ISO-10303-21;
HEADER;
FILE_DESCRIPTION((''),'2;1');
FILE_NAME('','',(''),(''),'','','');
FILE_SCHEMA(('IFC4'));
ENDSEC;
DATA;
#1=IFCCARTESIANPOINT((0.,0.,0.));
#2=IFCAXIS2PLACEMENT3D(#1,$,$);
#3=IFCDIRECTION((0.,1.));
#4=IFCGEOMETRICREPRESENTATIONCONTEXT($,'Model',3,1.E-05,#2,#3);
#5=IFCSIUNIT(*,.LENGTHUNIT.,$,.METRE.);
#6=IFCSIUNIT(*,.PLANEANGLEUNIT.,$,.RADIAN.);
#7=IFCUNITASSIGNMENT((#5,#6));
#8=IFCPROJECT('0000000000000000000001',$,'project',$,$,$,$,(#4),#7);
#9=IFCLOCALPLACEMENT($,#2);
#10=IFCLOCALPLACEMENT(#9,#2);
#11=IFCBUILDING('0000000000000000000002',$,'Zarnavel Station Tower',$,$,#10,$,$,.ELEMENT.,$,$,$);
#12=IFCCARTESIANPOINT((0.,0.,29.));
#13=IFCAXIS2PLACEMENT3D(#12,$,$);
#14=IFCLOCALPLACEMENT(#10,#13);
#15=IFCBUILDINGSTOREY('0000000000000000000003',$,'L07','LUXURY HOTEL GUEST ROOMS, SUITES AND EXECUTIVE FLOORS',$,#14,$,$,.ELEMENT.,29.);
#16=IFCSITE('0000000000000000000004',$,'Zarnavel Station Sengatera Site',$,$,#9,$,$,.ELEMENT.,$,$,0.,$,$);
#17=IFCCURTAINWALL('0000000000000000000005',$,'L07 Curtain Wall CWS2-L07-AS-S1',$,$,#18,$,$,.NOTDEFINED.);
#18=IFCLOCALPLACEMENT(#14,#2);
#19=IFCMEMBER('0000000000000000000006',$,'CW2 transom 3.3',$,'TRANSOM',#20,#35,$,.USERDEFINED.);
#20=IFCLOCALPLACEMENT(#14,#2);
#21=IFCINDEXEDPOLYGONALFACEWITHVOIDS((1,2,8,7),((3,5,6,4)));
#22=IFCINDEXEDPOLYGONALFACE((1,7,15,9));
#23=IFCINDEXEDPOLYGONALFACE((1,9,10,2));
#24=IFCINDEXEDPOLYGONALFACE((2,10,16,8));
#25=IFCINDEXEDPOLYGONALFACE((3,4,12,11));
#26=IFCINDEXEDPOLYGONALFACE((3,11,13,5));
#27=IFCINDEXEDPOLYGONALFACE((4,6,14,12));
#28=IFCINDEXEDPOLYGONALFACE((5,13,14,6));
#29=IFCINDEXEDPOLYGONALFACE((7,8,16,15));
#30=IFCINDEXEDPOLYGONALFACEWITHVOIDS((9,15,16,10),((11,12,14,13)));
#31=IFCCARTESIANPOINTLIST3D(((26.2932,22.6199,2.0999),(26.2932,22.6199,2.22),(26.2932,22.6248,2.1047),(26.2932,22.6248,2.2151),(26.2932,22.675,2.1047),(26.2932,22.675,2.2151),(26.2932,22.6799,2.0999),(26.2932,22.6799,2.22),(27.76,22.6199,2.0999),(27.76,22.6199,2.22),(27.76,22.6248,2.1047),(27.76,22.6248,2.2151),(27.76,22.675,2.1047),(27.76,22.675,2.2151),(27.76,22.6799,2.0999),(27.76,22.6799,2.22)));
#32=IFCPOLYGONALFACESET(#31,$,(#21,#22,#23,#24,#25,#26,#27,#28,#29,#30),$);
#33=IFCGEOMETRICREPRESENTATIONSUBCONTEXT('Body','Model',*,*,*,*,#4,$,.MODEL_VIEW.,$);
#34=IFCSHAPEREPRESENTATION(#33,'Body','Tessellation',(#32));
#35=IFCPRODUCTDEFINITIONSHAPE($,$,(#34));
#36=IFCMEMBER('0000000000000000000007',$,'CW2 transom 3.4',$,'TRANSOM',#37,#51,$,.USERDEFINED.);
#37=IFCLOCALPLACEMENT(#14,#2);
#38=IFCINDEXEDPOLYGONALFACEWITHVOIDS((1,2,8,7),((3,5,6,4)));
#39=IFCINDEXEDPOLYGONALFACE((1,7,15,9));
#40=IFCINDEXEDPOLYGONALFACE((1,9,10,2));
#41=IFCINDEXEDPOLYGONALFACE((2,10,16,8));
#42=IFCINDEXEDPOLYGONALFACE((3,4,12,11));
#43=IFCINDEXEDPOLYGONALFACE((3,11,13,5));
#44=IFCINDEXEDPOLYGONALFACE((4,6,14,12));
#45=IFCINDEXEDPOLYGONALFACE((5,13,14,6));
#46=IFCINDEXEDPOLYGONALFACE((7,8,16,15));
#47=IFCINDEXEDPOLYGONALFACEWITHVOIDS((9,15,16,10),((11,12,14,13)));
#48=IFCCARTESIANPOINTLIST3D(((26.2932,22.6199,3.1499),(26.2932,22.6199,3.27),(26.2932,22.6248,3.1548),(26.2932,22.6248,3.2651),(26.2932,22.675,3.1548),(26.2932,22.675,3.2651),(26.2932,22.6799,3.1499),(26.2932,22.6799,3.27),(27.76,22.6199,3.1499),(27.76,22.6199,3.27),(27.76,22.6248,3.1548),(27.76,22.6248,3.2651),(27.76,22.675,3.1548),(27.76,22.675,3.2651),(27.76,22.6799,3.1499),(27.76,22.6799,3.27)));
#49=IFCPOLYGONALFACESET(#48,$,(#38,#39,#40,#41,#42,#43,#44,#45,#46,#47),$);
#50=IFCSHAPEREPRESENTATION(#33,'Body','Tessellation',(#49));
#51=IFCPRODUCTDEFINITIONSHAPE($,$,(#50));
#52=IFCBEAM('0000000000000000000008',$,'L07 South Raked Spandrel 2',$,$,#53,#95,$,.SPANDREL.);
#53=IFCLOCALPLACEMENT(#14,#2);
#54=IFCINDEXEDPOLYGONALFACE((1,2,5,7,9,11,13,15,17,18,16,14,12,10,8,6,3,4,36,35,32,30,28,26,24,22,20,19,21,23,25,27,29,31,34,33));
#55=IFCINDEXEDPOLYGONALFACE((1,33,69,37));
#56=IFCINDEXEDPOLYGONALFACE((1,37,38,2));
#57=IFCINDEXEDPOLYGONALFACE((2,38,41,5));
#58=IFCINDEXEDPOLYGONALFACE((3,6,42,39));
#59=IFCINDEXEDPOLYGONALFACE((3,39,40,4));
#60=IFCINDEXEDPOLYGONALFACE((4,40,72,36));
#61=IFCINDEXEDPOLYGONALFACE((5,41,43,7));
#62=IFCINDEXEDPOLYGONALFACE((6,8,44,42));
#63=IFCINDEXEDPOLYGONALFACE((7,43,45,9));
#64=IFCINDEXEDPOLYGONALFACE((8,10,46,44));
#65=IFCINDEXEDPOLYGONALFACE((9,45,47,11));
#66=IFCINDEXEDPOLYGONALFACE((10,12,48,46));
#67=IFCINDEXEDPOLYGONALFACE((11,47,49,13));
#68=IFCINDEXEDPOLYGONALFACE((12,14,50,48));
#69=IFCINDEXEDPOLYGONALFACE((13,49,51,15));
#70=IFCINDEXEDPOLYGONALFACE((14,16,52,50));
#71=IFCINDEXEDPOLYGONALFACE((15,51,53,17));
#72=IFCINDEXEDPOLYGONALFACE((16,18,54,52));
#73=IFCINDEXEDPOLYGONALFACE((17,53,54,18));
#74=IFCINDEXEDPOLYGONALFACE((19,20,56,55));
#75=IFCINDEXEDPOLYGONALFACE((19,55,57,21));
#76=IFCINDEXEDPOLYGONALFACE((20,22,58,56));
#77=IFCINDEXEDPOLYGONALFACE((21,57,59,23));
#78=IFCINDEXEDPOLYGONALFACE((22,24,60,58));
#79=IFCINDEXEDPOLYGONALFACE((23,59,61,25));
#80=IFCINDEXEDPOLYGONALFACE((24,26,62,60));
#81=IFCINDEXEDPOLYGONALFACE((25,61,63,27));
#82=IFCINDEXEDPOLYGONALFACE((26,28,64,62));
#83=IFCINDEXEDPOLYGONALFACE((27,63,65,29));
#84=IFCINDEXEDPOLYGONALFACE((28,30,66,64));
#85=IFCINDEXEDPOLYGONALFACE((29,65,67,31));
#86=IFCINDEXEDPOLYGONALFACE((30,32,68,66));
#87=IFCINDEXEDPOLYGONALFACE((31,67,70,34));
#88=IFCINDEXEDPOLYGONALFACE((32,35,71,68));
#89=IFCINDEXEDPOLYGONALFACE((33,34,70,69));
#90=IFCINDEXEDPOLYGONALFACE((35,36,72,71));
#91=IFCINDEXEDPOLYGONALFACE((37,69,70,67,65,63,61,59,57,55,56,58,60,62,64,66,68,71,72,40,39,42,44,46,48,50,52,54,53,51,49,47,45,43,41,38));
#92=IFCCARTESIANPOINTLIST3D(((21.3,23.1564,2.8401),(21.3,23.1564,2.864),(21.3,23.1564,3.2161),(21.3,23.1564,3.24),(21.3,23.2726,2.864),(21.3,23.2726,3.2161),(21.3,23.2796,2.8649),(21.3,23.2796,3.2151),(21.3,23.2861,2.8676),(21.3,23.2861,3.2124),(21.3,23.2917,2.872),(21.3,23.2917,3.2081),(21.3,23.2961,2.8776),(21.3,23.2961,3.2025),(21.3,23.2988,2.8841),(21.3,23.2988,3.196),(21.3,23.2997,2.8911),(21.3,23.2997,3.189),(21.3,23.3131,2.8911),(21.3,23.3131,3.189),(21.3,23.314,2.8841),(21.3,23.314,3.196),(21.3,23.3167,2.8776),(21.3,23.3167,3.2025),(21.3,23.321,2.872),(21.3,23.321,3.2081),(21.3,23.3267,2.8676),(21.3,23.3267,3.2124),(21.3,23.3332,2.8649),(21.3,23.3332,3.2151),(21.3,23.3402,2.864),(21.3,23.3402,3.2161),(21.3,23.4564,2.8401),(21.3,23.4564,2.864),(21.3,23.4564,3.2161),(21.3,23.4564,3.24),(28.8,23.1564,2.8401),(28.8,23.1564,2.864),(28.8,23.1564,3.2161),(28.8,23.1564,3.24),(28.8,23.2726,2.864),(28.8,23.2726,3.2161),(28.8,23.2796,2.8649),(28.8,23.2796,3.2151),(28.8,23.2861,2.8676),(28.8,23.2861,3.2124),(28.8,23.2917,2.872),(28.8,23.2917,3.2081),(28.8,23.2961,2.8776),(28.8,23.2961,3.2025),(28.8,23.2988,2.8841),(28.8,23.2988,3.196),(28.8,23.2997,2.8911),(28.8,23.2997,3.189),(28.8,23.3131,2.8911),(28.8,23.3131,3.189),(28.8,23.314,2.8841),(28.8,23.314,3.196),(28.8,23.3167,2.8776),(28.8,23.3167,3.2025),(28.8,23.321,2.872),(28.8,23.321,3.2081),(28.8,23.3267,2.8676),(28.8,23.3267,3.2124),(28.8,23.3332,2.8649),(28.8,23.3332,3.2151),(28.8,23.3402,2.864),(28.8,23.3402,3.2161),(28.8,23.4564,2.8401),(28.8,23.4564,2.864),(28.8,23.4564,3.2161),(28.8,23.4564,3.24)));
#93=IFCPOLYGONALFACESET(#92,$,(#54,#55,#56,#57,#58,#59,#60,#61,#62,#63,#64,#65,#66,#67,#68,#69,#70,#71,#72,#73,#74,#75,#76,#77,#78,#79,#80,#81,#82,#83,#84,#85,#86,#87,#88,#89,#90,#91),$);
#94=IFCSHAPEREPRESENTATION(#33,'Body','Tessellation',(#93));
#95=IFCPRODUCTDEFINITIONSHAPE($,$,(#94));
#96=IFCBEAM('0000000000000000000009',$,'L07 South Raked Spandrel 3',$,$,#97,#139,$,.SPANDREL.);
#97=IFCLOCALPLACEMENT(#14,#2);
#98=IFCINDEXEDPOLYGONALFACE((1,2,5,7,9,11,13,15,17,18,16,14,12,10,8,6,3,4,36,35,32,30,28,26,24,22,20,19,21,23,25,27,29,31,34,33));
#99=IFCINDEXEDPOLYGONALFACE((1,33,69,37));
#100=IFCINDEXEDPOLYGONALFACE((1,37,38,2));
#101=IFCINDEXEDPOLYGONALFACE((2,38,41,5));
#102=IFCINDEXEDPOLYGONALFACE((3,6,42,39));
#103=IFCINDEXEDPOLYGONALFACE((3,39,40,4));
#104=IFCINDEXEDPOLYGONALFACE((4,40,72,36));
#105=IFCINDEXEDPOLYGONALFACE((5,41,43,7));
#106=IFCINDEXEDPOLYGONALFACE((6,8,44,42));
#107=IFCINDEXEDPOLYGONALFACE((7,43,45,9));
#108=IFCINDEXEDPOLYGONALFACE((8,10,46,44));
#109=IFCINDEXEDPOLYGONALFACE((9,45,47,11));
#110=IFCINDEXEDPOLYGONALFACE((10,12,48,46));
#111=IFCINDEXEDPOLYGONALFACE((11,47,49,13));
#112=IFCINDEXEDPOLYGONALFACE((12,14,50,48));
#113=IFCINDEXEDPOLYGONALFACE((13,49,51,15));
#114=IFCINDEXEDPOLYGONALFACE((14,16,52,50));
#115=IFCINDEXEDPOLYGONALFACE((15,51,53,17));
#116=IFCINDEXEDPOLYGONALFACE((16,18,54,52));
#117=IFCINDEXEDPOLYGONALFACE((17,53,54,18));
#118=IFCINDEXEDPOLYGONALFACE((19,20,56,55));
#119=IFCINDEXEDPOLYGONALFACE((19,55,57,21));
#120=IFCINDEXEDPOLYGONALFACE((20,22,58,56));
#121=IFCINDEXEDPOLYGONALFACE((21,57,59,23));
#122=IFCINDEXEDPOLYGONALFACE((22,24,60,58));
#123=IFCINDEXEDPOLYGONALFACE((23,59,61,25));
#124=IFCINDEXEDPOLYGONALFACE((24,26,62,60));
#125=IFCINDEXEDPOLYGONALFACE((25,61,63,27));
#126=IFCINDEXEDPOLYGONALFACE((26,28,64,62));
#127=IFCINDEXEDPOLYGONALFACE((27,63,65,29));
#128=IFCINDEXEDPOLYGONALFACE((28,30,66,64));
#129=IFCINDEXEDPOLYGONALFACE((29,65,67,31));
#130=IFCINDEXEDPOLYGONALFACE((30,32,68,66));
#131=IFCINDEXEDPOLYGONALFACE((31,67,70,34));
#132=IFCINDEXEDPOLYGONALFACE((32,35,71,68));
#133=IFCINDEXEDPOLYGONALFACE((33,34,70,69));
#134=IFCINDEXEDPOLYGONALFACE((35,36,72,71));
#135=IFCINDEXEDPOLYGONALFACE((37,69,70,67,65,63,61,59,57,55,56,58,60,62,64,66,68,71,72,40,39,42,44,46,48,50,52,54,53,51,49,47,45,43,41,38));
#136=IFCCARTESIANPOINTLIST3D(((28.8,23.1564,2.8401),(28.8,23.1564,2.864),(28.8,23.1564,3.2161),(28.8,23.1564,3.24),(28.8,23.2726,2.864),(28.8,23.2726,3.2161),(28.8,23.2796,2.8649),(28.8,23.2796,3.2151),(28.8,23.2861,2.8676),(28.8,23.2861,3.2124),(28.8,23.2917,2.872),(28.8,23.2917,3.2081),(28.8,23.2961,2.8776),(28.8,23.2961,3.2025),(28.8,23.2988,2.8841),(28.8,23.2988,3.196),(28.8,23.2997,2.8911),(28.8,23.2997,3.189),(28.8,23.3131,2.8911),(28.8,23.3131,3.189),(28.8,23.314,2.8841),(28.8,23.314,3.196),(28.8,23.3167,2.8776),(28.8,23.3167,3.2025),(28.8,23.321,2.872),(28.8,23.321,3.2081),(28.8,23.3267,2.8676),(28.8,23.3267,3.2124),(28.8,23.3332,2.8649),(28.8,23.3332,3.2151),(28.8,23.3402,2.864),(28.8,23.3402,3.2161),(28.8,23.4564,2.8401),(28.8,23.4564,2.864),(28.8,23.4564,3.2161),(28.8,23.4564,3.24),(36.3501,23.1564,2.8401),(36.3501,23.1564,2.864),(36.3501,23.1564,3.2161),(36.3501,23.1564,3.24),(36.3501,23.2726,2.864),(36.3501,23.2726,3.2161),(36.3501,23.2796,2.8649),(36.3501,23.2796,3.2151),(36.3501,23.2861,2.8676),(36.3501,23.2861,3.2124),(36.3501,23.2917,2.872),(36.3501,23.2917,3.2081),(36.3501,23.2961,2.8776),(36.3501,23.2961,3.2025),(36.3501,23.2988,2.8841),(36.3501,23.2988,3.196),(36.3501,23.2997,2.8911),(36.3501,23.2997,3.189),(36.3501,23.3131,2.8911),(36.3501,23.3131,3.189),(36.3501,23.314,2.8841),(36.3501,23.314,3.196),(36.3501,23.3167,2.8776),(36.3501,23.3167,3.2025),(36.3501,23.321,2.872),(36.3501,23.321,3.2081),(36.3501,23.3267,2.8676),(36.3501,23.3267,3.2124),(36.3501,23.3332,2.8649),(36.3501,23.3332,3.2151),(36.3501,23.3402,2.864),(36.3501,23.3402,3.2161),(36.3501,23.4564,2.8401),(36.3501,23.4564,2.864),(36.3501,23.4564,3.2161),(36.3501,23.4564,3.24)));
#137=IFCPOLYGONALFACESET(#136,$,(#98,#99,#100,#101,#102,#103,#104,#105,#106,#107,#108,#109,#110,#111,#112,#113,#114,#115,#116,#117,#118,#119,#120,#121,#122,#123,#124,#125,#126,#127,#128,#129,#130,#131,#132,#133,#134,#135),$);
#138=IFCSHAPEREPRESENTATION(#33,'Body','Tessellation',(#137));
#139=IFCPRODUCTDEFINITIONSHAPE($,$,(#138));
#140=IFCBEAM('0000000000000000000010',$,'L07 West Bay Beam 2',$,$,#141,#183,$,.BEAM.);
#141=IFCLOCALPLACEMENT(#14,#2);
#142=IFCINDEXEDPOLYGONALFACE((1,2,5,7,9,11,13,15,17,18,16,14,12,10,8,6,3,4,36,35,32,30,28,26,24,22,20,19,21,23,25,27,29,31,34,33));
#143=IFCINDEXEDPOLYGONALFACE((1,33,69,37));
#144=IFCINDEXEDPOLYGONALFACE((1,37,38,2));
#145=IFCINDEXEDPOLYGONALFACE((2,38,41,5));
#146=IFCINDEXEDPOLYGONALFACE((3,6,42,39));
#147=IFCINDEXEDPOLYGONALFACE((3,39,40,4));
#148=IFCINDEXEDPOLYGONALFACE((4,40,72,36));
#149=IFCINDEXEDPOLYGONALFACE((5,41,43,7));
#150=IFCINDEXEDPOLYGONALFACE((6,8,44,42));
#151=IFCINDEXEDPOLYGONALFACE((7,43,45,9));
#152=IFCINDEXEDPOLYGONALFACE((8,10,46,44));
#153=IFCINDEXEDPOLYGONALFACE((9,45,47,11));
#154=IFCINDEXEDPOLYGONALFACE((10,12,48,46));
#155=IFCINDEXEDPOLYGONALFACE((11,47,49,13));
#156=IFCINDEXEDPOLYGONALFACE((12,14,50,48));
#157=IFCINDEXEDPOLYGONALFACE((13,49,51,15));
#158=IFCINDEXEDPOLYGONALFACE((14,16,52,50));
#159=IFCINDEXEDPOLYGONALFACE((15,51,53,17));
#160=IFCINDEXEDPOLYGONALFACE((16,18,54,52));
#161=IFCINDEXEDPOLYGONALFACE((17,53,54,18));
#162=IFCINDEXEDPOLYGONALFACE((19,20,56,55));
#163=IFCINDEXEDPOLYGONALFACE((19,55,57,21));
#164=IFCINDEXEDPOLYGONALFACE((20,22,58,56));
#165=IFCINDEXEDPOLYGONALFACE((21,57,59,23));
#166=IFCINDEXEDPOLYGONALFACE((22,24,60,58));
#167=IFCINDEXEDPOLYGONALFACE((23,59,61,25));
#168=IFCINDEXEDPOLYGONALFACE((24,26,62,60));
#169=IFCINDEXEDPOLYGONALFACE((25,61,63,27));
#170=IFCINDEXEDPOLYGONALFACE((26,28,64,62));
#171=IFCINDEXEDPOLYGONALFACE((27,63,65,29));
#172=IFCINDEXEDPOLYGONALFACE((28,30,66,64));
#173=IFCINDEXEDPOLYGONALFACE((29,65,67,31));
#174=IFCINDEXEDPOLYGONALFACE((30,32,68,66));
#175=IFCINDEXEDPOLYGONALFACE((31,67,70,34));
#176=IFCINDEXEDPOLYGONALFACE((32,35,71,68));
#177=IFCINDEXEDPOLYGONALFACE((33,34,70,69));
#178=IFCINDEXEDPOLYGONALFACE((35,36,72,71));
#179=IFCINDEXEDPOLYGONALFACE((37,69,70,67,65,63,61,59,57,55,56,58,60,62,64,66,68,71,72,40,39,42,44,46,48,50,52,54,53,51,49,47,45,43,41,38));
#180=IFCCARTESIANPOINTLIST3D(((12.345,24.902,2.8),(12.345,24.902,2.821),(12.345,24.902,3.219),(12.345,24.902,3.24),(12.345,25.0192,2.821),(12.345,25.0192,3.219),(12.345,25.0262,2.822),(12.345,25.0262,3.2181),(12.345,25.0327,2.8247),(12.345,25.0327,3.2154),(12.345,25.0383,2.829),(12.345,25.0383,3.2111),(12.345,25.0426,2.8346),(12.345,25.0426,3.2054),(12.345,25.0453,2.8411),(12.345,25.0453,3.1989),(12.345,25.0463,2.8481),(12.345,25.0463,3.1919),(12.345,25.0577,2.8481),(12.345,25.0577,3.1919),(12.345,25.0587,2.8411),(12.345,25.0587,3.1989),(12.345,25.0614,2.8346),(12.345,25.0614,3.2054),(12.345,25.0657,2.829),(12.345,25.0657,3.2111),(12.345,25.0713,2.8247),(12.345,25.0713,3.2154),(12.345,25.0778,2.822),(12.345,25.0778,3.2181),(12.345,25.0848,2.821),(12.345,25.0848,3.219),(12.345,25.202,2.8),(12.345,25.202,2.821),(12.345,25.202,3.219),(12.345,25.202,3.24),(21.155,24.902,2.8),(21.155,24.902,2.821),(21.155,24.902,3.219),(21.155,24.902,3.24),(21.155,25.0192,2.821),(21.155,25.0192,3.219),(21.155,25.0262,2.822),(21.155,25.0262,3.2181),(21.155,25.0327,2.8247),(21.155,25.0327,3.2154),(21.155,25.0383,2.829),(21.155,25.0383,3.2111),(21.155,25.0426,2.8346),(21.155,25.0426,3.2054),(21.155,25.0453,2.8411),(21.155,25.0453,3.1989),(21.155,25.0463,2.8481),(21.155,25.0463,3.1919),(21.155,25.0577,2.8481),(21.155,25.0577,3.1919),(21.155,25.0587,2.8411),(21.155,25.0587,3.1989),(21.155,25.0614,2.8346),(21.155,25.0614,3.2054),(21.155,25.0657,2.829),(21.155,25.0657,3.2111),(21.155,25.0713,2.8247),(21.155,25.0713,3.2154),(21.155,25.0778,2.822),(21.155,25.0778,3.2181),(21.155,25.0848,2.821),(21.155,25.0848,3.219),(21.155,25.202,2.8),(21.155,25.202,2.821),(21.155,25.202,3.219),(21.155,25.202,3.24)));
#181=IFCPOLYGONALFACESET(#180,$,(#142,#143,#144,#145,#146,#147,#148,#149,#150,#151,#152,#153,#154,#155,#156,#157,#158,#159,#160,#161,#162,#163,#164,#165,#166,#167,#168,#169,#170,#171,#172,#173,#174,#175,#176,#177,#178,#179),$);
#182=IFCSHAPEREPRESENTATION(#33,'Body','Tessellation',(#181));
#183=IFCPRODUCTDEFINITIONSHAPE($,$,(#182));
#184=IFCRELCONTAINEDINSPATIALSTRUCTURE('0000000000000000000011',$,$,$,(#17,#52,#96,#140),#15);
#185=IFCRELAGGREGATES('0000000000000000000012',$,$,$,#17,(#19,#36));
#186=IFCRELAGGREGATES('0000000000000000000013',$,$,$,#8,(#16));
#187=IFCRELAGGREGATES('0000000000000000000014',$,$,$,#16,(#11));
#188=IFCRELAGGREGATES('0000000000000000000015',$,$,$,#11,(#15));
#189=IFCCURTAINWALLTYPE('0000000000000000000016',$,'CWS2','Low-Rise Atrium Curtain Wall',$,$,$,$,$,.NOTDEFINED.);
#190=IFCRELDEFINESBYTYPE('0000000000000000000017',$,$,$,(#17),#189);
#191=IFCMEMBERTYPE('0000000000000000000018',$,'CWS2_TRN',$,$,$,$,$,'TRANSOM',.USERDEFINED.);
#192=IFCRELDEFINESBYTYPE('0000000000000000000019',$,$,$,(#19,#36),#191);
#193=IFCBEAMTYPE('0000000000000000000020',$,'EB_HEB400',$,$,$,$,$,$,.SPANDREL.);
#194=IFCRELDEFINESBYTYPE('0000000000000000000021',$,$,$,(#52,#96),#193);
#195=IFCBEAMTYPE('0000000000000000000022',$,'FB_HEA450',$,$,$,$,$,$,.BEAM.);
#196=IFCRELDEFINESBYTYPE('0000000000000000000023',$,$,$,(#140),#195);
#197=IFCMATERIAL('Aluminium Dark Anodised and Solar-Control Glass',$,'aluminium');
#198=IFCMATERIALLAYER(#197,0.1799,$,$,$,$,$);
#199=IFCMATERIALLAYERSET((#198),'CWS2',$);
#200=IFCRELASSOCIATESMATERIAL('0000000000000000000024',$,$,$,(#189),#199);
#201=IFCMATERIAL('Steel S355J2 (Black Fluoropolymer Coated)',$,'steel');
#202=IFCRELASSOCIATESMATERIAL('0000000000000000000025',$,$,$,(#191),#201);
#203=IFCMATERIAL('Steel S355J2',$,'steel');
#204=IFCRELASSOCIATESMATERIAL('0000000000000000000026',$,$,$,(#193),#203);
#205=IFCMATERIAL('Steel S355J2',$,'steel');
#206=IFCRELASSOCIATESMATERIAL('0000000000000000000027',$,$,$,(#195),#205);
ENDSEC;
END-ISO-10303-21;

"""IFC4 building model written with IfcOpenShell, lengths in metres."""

from ifc_helpers import new_model, si_unit, direction, frame, origin, origin_2d, place, context, subcontext, project, spatial, hollow_rectangle, i_section, extrude, material, layer, layer_set, material_profile, profile_set, type_object, element, aggregate, save


model = new_model("IFC4")

# Units and contexts
model_context = context("Model", 3, precision=1e-05, world=origin(), true_north=direction((0.0, 1.0)))
body_context = subcontext(model_context, "Body", "Model", "MODEL_VIEW")
ifc_project = project(units=[si_unit("LENGTHUNIT", "METRE"), si_unit("PLANEANGLEUNIT", "RADIAN")], contexts=[model_context])

# Site, building, storey
site_placement = place(None, origin())
site = spatial("IfcSite", under=ifc_project, at=site_placement, Name="Zarnavel Station Sengatera Site", CompositionType="ELEMENT", RefElevation=0.0)
building_placement = place(site_placement, origin())
building = spatial("IfcBuilding", under=site, at=building_placement, Name="Zarnavel Station Tower", CompositionType="ELEMENT")
storey_placement = place(building_placement, frame((0.0, 0.0, 29.0)))
storey = spatial("IfcBuildingStorey", under=building, at=storey_placement, Name="L07", Description="LUXURY HOTEL GUEST ROOMS, SUITES AND EXECUTIVE FLOORS", CompositionType="ELEMENT", Elevation=29.0)

# Curtain wall, members
ifc_material_1 = material(Name="Aluminium Dark Anodised and Solar-Control Glass", Category="aluminium")
ifc_layer_1 = layer(ifc_material_1, 0.1799)
ifc_layer_set_1 = layer_set([ifc_layer_1], Name="CWS2")
curtain_wall_type = type_object("IfcCurtainWallType", Name="CWS2", Description="Low-Rise Atrium Curtain Wall", PredefinedType="NOTDEFINED", material=ifc_layer_set_1)
curtain_wall_placement = place(storey_placement, origin())
curtain_wall = element("IfcCurtainWall", 1, at=curtain_wall_placement, inside=storey, type_object=curtain_wall_type, Name="L07 Curtain Wall CWS2-L07-AS-S1", PredefinedType="NOTDEFINED")
ifc_material_2 = material(Name="Steel S355J2 (Black Fluoropolymer Coated)", Category="steel")
ifc_material_profile_1 = material_profile(ifc_material_2, hollow_rectangle(XDim=0.0601, YDim=0.1201, WallThickness=0.0049, at=origin_2d()), Name="RHS120x60x5")
ifc_profile_set_1 = profile_set([ifc_material_profile_1], Name="Steel S355J2 (Black Fluoropolymer Coated)")
member_type_1 = type_object("IfcMemberType", Name="CWS2_TRN", ElementType="TRANSOM", PredefinedType="USERDEFINED", material=ifc_profile_set_1)
member_1_placement = place(storey_placement, frame((26.2932, 22.6499, 2.1599), z_axis=(1.0, 0.0, 0.0), x_axis=(0.0, 1.0, 0.0)))
member_1 = element("IfcMember", 2, at=member_1_placement, type_object=member_type_1, Name="CW2 transom 3.3", ObjectType="TRANSOM", PredefinedType="USERDEFINED", context=body_context, shape_type="SweptSolid", body=[
    extrude(hollow_rectangle(XDim=0.0601, YDim=0.1201, WallThickness=0.0049, at=origin_2d()), origin(), (0.0, 0.0, 1.0), 1.4668),
])
member_2_placement = place(storey_placement, frame((26.2932, 22.6499, 3.21), z_axis=(1.0, 0.0, 0.0), x_axis=(0.0, 1.0, 0.0)))
member_2 = element("IfcMember", 3, at=member_2_placement, type_object=member_type_1, Name="CW2 transom 3.4", ObjectType="TRANSOM", PredefinedType="USERDEFINED", context=body_context, shape_type="SweptSolid", body=[
    extrude(hollow_rectangle(XDim=0.0601, YDim=0.1201, WallThickness=0.0049, at=origin_2d()), origin(), (0.0, 0.0, 1.0), 1.4668),
])

# Beams
ifc_material_3 = material(Name="Steel S355J2", Category="steel")
ifc_material_profile_2 = material_profile(ifc_material_3, i_section(OverallWidth=0.3, OverallDepth=0.3999, WebThickness=0.0134, FlangeThickness=0.0239, FilletRadius=0.0271, at=origin_2d()), Name="HEB400")
ifc_profile_set_2 = profile_set([ifc_material_profile_2], Name="Steel S355J2")
beam_type_1 = type_object("IfcBeamType", Name="EB_HEB400", PredefinedType="SPANDREL", material=ifc_profile_set_2)
beam_1_placement = place(storey_placement, frame((21.3, 23.3064, 3.04), z_axis=(1.0, 0.0, 0.0), x_axis=(0.0, 1.0, 0.0)))
element("IfcBeam", 4, at=beam_1_placement, inside=storey, type_object=beam_type_1, Name="L07 South Raked Spandrel 2", PredefinedType="SPANDREL", context=body_context, shape_type="SweptSolid", body=[
    extrude(i_section(OverallWidth=0.3, OverallDepth=0.3999, WebThickness=0.0134, FlangeThickness=0.0239, FilletRadius=0.0271, at=origin_2d()), origin(), (0.0, 0.0, 1.0), 7.5),
])
beam_2_placement = place(storey_placement, frame((28.8, 23.3064, 3.04), z_axis=(1.0, 0.0, 0.0), x_axis=(0.0, 1.0, 0.0)))
element("IfcBeam", 5, at=beam_2_placement, inside=storey, type_object=beam_type_1, Name="L07 South Raked Spandrel 3", PredefinedType="SPANDREL", context=body_context, shape_type="SweptSolid", body=[
    extrude(i_section(OverallWidth=0.3, OverallDepth=0.3999, WebThickness=0.0134, FlangeThickness=0.0239, FilletRadius=0.0271, at=origin_2d()), origin(), (0.0, 0.0, 1.0), 7.55),
])
ifc_material_4 = material(Name="Steel S355J2", Category="steel")
ifc_material_profile_3 = material_profile(ifc_material_4, i_section(OverallWidth=0.3, OverallDepth=0.4399, WebThickness=0.0115, FlangeThickness=0.021, FilletRadius=0.0271, at=origin_2d()), Name="HEA450")
ifc_profile_set_3 = profile_set([ifc_material_profile_3], Name="Steel S355J2")
beam_type_2 = type_object("IfcBeamType", Name="FB_HEA450", PredefinedType="BEAM", material=ifc_profile_set_3)
beam_3_placement = place(storey_placement, frame((12.345, 25.052, 3.02), z_axis=(1.0, 0.0, 0.0), x_axis=(0.0, 1.0, 0.0)))
element("IfcBeam", 6, at=beam_3_placement, inside=storey, type_object=beam_type_2, Name="L07 West Bay Beam 2", PredefinedType="BEAM", context=body_context, shape_type="SweptSolid", body=[
    extrude(i_section(OverallWidth=0.3, OverallDepth=0.4399, WebThickness=0.0115, FlangeThickness=0.021, FilletRadius=0.0271, at=origin_2d()), origin(), (0.0, 0.0, 1.0), 8.8101),
])

aggregate(curtain_wall, [member_1, member_2])

save(model, "model.ifc")
